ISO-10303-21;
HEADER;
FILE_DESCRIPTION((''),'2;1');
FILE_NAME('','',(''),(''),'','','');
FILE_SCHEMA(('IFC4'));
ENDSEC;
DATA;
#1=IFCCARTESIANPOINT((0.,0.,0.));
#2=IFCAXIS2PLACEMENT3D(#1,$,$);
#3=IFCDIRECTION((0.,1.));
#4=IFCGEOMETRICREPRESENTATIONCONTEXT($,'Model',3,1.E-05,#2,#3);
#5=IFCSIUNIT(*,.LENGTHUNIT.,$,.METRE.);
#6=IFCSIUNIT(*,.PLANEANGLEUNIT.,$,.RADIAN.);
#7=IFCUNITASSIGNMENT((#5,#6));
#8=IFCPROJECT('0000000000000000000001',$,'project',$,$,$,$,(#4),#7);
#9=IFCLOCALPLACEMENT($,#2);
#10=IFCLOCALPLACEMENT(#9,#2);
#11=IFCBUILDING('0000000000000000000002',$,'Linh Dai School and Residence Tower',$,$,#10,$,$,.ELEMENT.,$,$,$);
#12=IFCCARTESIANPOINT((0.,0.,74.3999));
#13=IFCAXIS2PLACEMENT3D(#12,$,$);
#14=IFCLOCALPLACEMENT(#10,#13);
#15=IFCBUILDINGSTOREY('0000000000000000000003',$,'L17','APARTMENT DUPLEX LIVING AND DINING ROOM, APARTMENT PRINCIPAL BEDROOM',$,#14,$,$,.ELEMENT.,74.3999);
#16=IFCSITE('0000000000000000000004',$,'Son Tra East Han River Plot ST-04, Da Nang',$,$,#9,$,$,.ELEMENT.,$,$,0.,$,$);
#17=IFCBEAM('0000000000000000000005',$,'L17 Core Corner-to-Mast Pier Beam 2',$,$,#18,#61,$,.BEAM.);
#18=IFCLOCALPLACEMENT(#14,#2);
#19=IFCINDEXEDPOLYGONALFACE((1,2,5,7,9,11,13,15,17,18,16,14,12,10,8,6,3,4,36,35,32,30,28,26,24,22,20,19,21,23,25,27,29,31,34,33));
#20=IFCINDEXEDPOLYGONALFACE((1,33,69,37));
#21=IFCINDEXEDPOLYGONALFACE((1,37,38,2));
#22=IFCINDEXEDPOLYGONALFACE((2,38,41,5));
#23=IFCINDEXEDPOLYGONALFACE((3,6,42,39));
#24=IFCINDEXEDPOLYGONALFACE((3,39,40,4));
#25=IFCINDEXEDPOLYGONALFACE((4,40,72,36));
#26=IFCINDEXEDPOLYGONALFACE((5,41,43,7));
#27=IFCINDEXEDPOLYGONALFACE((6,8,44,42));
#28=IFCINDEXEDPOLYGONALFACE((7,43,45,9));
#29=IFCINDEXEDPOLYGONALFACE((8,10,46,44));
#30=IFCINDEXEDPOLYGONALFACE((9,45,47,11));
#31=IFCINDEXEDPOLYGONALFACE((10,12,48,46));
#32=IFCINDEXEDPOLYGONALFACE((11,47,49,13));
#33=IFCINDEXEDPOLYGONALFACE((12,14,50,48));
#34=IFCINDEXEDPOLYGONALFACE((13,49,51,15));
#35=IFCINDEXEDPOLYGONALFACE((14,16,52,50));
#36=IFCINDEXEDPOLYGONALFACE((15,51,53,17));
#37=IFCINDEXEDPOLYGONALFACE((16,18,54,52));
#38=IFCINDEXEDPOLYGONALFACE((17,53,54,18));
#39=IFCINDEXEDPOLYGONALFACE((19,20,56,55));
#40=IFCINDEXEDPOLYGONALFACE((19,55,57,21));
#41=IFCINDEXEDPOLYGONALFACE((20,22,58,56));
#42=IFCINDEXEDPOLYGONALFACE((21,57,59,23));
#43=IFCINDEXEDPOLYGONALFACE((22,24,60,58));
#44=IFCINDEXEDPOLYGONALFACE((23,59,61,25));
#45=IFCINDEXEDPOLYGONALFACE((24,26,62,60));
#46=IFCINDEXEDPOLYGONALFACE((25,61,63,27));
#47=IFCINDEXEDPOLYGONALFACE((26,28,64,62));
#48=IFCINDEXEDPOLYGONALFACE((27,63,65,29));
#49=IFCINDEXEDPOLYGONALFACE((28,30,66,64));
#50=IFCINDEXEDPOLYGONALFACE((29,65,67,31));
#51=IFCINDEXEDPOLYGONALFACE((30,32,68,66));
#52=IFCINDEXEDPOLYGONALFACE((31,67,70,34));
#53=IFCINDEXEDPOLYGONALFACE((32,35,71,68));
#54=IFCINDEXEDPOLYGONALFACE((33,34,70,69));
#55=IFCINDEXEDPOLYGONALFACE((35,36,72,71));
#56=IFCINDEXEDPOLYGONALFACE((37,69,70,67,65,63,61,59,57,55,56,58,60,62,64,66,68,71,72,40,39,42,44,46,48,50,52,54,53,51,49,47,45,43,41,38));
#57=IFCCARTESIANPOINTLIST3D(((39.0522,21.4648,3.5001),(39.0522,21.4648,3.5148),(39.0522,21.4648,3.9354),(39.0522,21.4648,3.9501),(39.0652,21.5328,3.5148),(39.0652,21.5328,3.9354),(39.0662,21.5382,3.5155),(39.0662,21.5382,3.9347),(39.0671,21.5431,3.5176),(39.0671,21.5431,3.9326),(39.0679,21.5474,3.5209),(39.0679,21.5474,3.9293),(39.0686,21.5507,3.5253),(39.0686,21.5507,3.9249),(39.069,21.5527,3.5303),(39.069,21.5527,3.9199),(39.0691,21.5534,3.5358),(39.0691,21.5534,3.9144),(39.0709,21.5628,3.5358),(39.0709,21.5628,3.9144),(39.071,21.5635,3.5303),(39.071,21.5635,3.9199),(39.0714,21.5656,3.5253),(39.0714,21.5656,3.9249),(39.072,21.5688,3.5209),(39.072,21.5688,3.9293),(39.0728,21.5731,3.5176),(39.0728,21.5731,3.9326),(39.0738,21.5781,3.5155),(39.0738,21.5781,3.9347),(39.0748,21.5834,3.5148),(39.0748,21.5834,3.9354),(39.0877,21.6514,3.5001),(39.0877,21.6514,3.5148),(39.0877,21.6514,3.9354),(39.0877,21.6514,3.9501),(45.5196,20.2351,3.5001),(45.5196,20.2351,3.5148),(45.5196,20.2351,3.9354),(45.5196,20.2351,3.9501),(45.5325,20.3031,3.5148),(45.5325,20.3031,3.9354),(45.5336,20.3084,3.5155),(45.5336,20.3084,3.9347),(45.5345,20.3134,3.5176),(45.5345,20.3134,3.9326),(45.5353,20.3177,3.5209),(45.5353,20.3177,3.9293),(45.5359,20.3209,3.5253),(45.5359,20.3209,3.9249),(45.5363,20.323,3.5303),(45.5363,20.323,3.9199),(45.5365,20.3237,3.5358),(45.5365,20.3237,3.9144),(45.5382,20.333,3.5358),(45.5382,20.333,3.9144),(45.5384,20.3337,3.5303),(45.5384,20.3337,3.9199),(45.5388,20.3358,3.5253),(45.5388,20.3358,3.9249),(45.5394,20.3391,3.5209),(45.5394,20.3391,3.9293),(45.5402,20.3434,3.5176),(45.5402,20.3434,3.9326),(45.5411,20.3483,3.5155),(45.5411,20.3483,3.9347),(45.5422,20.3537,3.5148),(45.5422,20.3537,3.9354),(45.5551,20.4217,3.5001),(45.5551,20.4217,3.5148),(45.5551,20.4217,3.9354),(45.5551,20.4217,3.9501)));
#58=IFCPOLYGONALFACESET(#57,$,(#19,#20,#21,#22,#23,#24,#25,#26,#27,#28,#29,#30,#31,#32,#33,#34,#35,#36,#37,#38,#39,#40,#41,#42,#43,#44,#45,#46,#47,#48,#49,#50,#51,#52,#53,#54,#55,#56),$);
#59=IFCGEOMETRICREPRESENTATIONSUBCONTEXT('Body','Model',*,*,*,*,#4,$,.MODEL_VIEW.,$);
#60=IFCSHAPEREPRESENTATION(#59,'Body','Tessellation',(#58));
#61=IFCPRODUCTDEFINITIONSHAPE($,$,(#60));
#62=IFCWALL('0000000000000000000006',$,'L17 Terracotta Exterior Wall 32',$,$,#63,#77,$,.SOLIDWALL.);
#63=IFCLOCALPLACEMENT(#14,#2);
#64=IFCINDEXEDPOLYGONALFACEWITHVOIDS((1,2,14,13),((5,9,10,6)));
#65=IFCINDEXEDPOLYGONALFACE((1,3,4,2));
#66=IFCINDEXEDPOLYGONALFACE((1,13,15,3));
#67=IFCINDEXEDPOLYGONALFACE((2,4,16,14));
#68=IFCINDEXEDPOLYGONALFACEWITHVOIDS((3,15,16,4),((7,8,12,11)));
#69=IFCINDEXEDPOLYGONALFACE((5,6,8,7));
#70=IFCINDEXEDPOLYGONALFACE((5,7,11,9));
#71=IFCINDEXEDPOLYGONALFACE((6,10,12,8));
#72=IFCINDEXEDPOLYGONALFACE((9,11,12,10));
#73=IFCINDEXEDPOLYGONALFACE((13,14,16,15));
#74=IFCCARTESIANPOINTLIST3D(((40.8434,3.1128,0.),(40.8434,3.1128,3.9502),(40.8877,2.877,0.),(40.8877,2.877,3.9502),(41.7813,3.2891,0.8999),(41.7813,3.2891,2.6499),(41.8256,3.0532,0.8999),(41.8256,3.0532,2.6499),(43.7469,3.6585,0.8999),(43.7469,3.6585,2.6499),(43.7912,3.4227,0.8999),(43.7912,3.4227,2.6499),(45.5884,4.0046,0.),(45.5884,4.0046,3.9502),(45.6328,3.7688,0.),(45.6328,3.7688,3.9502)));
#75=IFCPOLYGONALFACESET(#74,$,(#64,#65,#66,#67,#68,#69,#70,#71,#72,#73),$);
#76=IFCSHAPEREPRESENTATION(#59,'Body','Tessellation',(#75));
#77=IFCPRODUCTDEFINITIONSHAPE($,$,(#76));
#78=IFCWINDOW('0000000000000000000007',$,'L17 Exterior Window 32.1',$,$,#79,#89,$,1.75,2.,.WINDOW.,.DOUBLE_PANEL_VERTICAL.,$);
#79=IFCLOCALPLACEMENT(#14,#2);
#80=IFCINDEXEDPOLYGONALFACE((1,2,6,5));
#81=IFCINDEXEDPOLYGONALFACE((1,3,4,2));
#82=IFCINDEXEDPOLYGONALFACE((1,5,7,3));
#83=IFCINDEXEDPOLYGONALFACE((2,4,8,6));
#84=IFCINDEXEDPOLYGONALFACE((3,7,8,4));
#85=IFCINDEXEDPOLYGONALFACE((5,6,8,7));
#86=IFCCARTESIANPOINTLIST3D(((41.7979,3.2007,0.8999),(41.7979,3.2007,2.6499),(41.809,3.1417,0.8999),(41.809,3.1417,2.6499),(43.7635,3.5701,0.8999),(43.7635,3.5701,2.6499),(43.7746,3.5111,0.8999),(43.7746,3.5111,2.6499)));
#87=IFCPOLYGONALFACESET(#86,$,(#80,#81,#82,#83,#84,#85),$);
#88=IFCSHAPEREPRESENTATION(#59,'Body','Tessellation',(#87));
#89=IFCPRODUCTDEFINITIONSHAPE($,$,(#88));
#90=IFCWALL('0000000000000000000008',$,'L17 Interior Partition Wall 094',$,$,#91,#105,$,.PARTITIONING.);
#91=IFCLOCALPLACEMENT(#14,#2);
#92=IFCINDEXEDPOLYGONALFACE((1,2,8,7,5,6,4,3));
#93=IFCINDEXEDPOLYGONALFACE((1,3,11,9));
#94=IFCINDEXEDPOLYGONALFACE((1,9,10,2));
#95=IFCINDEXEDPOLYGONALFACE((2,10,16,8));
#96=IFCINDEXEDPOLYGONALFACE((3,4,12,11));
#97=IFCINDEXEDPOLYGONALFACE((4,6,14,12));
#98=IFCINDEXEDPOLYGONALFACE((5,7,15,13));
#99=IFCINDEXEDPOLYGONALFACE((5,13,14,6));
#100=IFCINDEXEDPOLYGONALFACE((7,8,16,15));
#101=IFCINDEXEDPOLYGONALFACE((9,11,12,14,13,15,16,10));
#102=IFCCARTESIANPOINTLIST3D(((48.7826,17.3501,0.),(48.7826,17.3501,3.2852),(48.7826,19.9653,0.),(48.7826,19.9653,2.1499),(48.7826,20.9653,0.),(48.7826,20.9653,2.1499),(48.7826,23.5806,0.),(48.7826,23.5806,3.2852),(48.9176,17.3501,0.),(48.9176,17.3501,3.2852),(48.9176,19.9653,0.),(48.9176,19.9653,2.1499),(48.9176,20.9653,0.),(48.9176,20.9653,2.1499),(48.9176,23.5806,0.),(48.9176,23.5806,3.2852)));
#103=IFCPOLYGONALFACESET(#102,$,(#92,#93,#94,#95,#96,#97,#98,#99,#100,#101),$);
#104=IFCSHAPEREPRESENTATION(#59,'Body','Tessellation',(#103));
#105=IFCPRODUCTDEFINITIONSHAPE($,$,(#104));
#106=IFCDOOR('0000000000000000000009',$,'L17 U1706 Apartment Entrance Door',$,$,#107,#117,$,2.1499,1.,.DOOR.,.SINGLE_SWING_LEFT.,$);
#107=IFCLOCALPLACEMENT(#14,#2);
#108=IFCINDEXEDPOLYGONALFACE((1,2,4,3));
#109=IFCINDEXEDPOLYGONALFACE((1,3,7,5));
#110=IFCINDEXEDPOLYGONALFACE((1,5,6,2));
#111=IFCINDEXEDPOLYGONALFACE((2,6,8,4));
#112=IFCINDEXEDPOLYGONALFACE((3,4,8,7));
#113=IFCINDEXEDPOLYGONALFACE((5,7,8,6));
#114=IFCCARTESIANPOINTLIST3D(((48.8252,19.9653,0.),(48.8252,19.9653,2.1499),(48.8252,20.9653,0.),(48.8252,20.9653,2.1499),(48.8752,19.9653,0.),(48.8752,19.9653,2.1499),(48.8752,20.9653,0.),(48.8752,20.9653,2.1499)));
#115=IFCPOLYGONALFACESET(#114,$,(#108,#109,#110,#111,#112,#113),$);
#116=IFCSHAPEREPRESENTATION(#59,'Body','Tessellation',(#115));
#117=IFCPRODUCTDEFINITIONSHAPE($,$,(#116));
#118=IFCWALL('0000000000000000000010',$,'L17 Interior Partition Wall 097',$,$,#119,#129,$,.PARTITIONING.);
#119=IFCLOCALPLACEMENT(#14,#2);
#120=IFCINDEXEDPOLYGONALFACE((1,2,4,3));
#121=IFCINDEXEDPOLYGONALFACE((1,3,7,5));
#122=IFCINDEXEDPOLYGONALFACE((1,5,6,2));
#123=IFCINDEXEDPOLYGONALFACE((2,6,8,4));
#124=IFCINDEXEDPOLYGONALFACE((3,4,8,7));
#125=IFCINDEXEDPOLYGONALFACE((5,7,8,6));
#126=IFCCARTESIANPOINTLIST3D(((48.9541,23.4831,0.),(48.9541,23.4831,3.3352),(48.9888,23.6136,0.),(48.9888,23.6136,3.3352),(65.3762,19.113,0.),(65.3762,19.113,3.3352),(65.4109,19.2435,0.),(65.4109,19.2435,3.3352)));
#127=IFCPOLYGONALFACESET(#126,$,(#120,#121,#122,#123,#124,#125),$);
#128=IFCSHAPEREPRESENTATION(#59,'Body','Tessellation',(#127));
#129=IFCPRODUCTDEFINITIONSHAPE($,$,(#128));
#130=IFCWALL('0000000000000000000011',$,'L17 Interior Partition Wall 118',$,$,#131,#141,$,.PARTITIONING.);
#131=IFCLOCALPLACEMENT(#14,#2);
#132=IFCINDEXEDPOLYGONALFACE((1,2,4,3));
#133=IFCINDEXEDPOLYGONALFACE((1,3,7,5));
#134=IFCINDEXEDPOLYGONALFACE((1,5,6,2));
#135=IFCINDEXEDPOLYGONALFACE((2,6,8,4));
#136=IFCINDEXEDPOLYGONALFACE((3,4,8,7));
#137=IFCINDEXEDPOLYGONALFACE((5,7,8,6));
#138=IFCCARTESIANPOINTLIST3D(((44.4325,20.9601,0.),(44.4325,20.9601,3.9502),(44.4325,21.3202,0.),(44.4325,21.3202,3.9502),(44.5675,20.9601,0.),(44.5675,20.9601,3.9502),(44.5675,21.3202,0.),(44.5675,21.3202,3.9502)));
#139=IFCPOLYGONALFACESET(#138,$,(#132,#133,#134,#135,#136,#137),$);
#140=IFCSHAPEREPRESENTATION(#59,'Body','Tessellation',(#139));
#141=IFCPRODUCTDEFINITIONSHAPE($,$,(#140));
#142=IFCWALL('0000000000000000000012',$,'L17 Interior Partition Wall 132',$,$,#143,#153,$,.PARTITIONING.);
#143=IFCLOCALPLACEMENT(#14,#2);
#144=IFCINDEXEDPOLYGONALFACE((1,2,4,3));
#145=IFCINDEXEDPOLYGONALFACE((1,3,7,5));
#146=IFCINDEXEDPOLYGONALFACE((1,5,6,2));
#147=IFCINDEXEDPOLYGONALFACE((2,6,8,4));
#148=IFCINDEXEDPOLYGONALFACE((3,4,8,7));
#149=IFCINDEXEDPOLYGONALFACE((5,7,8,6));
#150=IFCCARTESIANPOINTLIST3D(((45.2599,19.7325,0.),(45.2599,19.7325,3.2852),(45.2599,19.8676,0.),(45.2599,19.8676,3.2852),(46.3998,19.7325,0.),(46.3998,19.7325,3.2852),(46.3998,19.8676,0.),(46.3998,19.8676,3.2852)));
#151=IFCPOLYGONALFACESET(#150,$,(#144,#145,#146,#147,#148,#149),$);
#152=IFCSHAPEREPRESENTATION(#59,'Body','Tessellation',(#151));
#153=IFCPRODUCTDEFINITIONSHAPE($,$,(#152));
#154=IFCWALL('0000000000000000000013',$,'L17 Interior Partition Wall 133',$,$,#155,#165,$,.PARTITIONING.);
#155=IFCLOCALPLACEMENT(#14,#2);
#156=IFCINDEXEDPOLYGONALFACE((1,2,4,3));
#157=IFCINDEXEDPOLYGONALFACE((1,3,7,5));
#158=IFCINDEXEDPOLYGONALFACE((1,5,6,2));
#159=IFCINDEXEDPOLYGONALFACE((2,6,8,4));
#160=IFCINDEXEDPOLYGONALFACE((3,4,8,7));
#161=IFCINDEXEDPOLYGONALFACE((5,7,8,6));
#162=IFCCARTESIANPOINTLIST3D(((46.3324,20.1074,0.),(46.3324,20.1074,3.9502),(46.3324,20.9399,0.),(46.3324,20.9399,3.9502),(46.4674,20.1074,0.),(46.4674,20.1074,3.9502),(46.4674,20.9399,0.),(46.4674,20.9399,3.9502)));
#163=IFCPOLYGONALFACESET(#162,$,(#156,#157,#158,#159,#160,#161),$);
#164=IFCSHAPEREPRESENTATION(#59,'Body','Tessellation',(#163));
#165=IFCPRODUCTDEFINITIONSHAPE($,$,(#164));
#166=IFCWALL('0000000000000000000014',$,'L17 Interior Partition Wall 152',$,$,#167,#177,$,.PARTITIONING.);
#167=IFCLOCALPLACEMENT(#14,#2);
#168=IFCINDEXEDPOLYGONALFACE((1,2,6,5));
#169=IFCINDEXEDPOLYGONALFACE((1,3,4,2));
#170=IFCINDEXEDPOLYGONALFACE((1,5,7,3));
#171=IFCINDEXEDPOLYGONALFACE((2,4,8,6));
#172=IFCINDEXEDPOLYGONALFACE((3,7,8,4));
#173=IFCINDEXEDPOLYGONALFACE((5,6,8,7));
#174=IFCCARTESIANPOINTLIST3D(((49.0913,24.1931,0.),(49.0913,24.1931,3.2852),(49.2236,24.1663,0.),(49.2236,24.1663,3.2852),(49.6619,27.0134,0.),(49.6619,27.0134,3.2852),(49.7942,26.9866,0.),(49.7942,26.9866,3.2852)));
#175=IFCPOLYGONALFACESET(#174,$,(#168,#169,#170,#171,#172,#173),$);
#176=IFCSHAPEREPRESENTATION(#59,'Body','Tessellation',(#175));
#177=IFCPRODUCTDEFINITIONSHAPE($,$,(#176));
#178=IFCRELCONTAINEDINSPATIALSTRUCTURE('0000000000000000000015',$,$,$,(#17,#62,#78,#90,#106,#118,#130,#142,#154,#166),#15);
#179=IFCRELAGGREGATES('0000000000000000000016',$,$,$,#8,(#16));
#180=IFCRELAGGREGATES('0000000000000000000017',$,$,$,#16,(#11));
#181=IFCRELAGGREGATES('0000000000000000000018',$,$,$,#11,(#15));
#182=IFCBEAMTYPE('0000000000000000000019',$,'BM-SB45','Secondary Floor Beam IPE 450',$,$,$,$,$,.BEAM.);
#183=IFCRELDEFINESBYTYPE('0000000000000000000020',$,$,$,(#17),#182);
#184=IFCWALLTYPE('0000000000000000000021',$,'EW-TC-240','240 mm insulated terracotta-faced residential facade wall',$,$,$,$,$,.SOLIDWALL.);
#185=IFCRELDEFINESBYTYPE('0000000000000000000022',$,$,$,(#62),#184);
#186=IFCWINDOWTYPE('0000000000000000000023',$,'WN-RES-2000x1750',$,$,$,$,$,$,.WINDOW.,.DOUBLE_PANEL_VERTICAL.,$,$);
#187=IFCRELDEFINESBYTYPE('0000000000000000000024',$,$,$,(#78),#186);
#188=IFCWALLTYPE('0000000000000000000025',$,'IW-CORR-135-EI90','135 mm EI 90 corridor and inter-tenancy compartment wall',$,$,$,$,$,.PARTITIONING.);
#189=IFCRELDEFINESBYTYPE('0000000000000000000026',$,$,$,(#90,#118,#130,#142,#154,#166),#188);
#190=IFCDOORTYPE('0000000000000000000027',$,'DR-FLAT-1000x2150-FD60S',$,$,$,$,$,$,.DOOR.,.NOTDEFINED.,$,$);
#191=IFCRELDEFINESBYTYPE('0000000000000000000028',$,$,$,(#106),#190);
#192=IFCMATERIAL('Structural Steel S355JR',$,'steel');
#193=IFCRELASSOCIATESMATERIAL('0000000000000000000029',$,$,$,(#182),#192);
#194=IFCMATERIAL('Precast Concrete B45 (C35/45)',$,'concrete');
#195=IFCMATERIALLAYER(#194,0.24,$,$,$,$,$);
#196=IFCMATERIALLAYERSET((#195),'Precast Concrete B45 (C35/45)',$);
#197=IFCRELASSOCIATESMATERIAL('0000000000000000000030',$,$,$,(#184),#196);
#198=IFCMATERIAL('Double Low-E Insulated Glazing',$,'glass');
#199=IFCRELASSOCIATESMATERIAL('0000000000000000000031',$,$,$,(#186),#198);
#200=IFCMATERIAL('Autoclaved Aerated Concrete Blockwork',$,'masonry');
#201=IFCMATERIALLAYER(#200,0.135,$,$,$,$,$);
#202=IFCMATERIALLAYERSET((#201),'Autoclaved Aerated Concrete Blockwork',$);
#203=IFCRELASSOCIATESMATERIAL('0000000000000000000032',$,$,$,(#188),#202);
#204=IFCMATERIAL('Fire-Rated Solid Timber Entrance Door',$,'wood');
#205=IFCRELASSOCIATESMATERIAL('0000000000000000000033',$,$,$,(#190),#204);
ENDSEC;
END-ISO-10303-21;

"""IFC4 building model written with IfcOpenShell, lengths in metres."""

from ifc_helpers import new_model, si_unit, direction, frame, frame_2d, origin, origin_2d, place, context, subcontext, project, spatial, rectangle, i_section, extrude, source, transform, mapped, material, layer, layer_set, material_profile, profile_set, type_object, element, fill, save


model = new_model("IFC4")

# Units and contexts
model_context = context("Model", 3, precision=1e-05, world=origin(), true_north=direction((0.0, 1.0)))
body_context = subcontext(model_context, "Body", "Model", "MODEL_VIEW")
ifc_project = project(units=[si_unit("LENGTHUNIT", "METRE"), si_unit("PLANEANGLEUNIT", "RADIAN")], contexts=[model_context])

# Site, building, storey
site_placement = place(None, origin())
site = spatial("IfcSite", under=ifc_project, at=site_placement, Name="Son Tra East Han River Plot ST-04, Da Nang", CompositionType="ELEMENT", RefElevation=0.0)
building_placement = place(site_placement, origin())
building = spatial("IfcBuilding", under=site, at=building_placement, Name="Linh Dai School and Residence Tower", CompositionType="ELEMENT")
storey_placement = place(building_placement, frame((0.0, 0.0, 74.3999)))
storey = spatial("IfcBuildingStorey", under=building, at=storey_placement, Name="L17", Description="APARTMENT DUPLEX LIVING AND DINING ROOM, APARTMENT PRINCIPAL BEDROOM", CompositionType="ELEMENT", Elevation=74.3999)

# Shared definitions
ifc_material_1 = material(Name="Structural Steel S355JR", Category="steel")

# Beam
ifc_material_profile_1 = material_profile(ifc_material_1, i_section(OverallWidth=0.1899, OverallDepth=0.45, WebThickness=0.0095, FlangeThickness=0.0146, FilletRadius=0.021, at=origin_2d()), Name="IPE 450")
ifc_profile_set_1 = profile_set([ifc_material_profile_1], Name="Structural Steel S355JR")
beam_type_1 = type_object("IfcBeamType", Name="BM-SB45", Description="Secondary Floor Beam IPE 450", PredefinedType="BEAM", material=ifc_profile_set_1)
beam_1_placement = place(storey_placement, frame((45.5374, 20.3284, 3.7251), z_axis=(-0.982398, 0.1868, 0.0), x_axis=(-0.1868, -0.982398, 0.0)))
element("IfcBeam", 1, at=beam_1_placement, inside=storey, type_object=beam_type_1, Name="L17 Core Corner-to-Mast Pier Beam 2", PredefinedType="BEAM", context=body_context, shape_type="SweptSolid", body=[
    extrude(i_section(OverallWidth=0.1899, OverallDepth=0.45, WebThickness=0.0095, FlangeThickness=0.0146, FilletRadius=0.021, at=origin_2d()), origin(), (0.0, 0.0, 1.0), 6.5833),
])

# Wall, opening, window
ifc_material_2 = material(Name="Precast Concrete B45 (C35/45)", Category="concrete")
ifc_layer_1 = layer(ifc_material_2, 0.24)
ifc_layer_set_1 = layer_set([ifc_layer_1], Name="Precast Concrete B45 (C35/45)")
wall_type_1 = type_object("IfcWallType", Name="EW-TC-240", Description="240 mm insulated terracotta-faced residential facade wall", PredefinedType="SOLIDWALL", material=ifc_layer_set_1)
wall_1_placement = place(storey_placement, frame((45.6106, 3.8867, 0.0), z_axis=(0.0, 0.0, 1.0), x_axis=(-0.982792, -0.184716, 0.0)))
wall_1 = element("IfcWall", 2, at=wall_1_placement, inside=storey, type_object=wall_type_1, Name="L17 Terracotta Exterior Wall 32", PredefinedType="SOLIDWALL", context=body_context, shape_type="SweptSolid", body=[
    extrude(rectangle(XDim=4.8281, YDim=0.24, at=frame_2d((2.4141, 0.0))), origin(), (0.0, 0.0, 1.0), 3.9502),
])
opening_1_placement = place(wall_1_placement, frame((1.8738, 0.0, 0.8999)))
opening_1 = element("IfcOpeningElement", 3, at=opening_1_placement, cuts=wall_1, PredefinedType="OPENING", context=body_context, shape_type="SweptSolid", body=[
    extrude(rectangle(XDim=2.0, YDim=1.75, at=origin_2d()), frame((1.0, 0.1299, 0.875), z_axis=(0.0, -1.0, 0.0), x_axis=(1.0, 0.0, 0.0)), (0.0, 0.0, 1.0), 0.26),
])
ifc_material_3 = material(Name="Double Low-E Insulated Glazing", Category="glass")
window_type = type_object("IfcWindowType", Name="WN-RES-2000x1750", PartitioningType="DOUBLE_PANEL_VERTICAL", PredefinedType="WINDOW", material=ifc_material_3)
shared_shape_1 = source(origin(), body_context, "Body", "SweptSolid", [
    extrude(rectangle(XDim=2.0, YDim=1.75, at=origin_2d()), frame((1.0, 0.03, 0.875), z_axis=(0.0, -1.0, 0.0), x_axis=(1.0, 0.0, 0.0)), (0.0, 0.0, 1.0), 0.0601),
])
window_placement = place(opening_1_placement, origin())
window = element("IfcWindow", 4, at=window_placement, inside=storey, type_object=window_type, Name="L17 Exterior Window 32.1", OverallHeight=1.75, OverallWidth=2.0, PartitioningType="DOUBLE_PANEL_VERTICAL", PredefinedType="WINDOW", context=body_context, shape_type="MappedRepresentation", body=[
    mapped(shared_shape_1, transform((0.0, 0.0, 0.0), x_axis=(1.0, 0.0, 0.0), y_axis=(0.0, 1.0, 0.0), z_axis=(0.0, 0.0, 1.0), scale=1.0)),
])
fill(opening_1, window)

# Wall, opening, door
ifc_material_4 = material(Name="Autoclaved Aerated Concrete Blockwork", Category="masonry")
ifc_layer_2 = layer(ifc_material_4, 0.135)
ifc_layer_set_2 = layer_set([ifc_layer_2], Name="Autoclaved Aerated Concrete Blockwork")
wall_type_2 = type_object("IfcWallType", Name="IW-CORR-135-EI90", Description="135 mm EI 90 corridor and inter-tenancy compartment wall", PredefinedType="PARTITIONING", material=ifc_layer_set_2)
wall_2_placement = place(storey_placement, frame((48.8501, 17.3501, 0.0), z_axis=(0.0, 0.0, 1.0), x_axis=(0.0, 1.0, 0.0)))
wall_2 = element("IfcWall", 5, at=wall_2_placement, inside=storey, type_object=wall_type_2, Name="L17 Interior Partition Wall 094", PredefinedType="PARTITIONING", context=body_context, shape_type="SweptSolid", body=[
    extrude(rectangle(XDim=6.2305, YDim=0.135, at=frame_2d((3.1152, 0.0))), origin(), (0.0, 0.0, 1.0), 3.2852),
])
opening_2_placement = place(wall_2_placement, frame((2.6152, 0.0, 0.0)))
opening_2 = element("IfcOpeningElement", 6, at=opening_2_placement, cuts=wall_2, PredefinedType="OPENING", context=body_context, shape_type="SweptSolid", body=[
    extrude(rectangle(XDim=1.0, YDim=2.1499, at=origin_2d()), frame((0.5, 0.0776, 1.075), z_axis=(0.0, -1.0, 0.0), x_axis=(1.0, 0.0, 0.0)), (0.0, 0.0, 1.0), 0.155),
])
ifc_material_5 = material(Name="Fire-Rated Solid Timber Entrance Door", Category="wood")
door_type_1 = type_object("IfcDoorType", Name="DR-FLAT-1000x2150-FD60S", OperationType="NOTDEFINED", PredefinedType="DOOR", material=ifc_material_5)
shared_shape_2 = source(origin(), body_context, "Body", "SweptSolid", [
    extrude(rectangle(XDim=1.0, YDim=2.1499, at=origin_2d()), frame((0.5, 0.0249, 1.075), z_axis=(0.0, -1.0, 0.0), x_axis=(1.0, 0.0, 0.0)), (0.0, 0.0, 1.0), 0.05),
])
door_1_placement = place(opening_2_placement, origin())
door_1 = element("IfcDoor", 7, at=door_1_placement, inside=storey, type_object=door_type_1, Name="L17 U1706 Apartment Entrance Door", OperationType="SINGLE_SWING_LEFT", OverallHeight=2.1499, OverallWidth=1.0, PredefinedType="DOOR", context=body_context, shape_type="MappedRepresentation", body=[
    mapped(shared_shape_2, transform((0.0, 0.0, 0.0), x_axis=(1.0, 0.0, 0.0), y_axis=(0.0, 1.0, 0.0), z_axis=(0.0, 0.0, 1.0), scale=1.0)),
])
fill(opening_2, door_1)

# Walls
wall_3_placement = place(storey_placement, frame((48.9714, 23.5483, 0.0), z_axis=(0.0, 0.0, 1.0), x_axis=(0.966368, -0.257162, 0.0)))
element("IfcWall", 8, at=wall_3_placement, inside=storey, type_object=wall_type_2, Name="L17 Interior Partition Wall 097", PredefinedType="PARTITIONING", context=body_context, shape_type="SweptSolid", body=[
    extrude(rectangle(XDim=16.9937, YDim=0.135, at=frame_2d((8.4968, 0.0))), origin(), (0.0, 0.0, 1.0), 3.3352),
])
wall_4_placement = place(storey_placement, frame((44.5, 20.96, 0.0), z_axis=(0.0, 0.0, 1.0), x_axis=(0.0, 1.0, 0.0)))
element("IfcWall", 9, at=wall_4_placement, inside=storey, type_object=wall_type_2, Name="L17 Interior Partition Wall 118", PredefinedType="PARTITIONING", context=body_context, shape_type="SweptSolid", body=[
    extrude(rectangle(XDim=0.3601, YDim=0.135, at=frame_2d((0.1802, 0.0))), origin(), (0.0, 0.0, 1.0), 3.9502),
])
wall_5_placement = place(storey_placement, frame((45.26, 19.8, 0.0), z_axis=(0.0, 0.0, 1.0), x_axis=(1.0, 0.0, 0.0)))
element("IfcWall", 10, at=wall_5_placement, inside=storey, type_object=wall_type_2, Name="L17 Interior Partition Wall 132", PredefinedType="PARTITIONING", context=body_context, shape_type="SweptSolid", body=[
    extrude(rectangle(XDim=1.1399, YDim=0.135, at=frame_2d((0.5698, 0.0))), origin(), (0.0, 0.0, 1.0), 3.2852),
])
wall_6_placement = place(storey_placement, frame((46.3999, 20.1074, 0.0), z_axis=(0.0, 0.0, 1.0), x_axis=(0.0, 1.0, 0.0)))
element("IfcWall", 11, at=wall_6_placement, inside=storey, type_object=wall_type_2, Name="L17 Interior Partition Wall 133", PredefinedType="PARTITIONING", context=body_context, shape_type="SweptSolid", body=[
    extrude(rectangle(XDim=0.8325, YDim=0.135, at=frame_2d((0.4163, 0.0))), origin(), (0.0, 0.0, 1.0), 3.9502),
])
wall_7_placement = place(storey_placement, frame((49.1575, 24.1797, 0.0), z_axis=(0.0, 0.0, 1.0), x_axis=(0.198286, 0.980144, 0.0)))
element("IfcWall", 12, at=wall_7_placement, inside=storey, type_object=wall_type_2, Name="L17 Interior Partition Wall 152", PredefinedType="PARTITIONING", context=body_context, shape_type="SweptSolid", body=[
    extrude(rectangle(XDim=2.8774, YDim=0.135, at=frame_2d((1.4387, 0.0))), origin(), (0.0, 0.0, 1.0), 3.2852),
])

save(model, "model.ifc")
